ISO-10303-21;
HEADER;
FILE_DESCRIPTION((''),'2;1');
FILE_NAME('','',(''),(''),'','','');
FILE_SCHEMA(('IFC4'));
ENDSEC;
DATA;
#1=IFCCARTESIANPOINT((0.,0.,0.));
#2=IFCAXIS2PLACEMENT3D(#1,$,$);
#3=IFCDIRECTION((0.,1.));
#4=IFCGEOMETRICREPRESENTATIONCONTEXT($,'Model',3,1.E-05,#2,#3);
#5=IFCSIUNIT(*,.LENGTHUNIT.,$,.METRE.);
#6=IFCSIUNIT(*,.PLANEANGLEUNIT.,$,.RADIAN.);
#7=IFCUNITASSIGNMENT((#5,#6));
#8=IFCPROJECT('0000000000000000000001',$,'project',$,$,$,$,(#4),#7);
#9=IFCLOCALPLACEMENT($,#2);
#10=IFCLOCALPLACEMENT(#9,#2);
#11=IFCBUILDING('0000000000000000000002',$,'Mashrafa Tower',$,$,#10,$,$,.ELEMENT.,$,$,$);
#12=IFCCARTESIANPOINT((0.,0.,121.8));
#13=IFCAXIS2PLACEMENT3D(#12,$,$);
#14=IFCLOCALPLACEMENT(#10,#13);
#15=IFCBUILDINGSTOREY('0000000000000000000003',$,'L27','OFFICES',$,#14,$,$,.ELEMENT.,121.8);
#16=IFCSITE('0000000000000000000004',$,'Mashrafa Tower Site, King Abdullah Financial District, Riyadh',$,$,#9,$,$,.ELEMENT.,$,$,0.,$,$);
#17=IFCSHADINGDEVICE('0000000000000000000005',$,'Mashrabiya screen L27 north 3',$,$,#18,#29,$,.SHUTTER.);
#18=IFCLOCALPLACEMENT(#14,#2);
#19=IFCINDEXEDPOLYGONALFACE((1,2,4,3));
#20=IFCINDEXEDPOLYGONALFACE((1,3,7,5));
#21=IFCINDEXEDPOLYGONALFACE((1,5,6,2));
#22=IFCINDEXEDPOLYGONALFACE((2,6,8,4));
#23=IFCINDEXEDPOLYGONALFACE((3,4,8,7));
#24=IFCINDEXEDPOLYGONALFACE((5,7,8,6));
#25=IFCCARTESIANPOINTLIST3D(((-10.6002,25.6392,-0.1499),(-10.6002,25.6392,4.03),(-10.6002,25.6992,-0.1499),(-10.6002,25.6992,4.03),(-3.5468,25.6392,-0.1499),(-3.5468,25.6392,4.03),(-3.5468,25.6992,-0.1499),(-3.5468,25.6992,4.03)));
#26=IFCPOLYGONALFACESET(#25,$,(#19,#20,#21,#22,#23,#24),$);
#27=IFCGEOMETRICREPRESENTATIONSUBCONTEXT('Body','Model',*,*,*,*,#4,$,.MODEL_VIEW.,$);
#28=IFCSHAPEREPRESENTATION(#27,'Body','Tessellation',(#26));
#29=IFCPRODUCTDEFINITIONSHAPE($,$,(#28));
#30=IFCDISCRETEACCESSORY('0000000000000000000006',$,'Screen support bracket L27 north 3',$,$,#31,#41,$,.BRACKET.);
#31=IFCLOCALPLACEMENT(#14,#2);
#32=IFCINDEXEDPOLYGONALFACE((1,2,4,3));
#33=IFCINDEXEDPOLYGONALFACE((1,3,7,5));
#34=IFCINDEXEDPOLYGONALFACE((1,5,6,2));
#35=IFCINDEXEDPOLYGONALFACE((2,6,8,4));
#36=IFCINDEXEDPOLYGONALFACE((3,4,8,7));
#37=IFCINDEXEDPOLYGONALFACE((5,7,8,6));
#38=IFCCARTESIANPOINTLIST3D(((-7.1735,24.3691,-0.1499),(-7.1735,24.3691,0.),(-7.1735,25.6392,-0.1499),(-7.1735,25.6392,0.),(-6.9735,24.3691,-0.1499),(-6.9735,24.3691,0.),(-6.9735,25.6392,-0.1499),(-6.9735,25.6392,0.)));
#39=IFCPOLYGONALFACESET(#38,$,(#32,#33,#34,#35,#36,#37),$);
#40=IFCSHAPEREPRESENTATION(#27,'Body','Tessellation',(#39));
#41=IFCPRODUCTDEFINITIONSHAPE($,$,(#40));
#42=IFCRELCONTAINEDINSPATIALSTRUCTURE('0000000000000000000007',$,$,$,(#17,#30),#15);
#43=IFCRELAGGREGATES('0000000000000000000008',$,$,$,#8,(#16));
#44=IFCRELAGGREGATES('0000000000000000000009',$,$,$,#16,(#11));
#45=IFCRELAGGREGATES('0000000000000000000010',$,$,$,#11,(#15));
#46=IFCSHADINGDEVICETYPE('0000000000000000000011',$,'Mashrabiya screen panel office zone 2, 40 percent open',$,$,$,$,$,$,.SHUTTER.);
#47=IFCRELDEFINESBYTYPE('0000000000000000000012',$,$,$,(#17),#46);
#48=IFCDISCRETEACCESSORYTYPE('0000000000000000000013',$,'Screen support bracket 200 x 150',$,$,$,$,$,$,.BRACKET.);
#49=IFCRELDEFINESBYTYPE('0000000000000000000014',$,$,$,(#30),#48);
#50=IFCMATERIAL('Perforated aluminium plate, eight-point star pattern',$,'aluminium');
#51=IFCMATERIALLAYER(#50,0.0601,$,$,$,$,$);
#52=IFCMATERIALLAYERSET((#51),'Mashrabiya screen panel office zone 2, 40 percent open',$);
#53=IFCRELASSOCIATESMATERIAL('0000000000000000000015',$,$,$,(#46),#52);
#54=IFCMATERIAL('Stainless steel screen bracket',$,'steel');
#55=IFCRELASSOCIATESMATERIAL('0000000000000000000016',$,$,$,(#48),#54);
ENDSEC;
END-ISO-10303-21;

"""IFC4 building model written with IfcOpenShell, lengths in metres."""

from ifc_helpers import new_model, si_unit, direction, frame, origin, origin_2d, place, context, subcontext, project, spatial, rectangle, extrude, source, transform, mapped, material, layer, layer_set, type_object, type_shapes, element, save


model = new_model("IFC4")

# Units and contexts
model_context = context("Model", 3, precision=1e-05, world=origin(), true_north=direction((0.0, 1.0)))
body_context = subcontext(model_context, "Body", "Model", "MODEL_VIEW")
ifc_project = project(units=[si_unit("LENGTHUNIT", "METRE"), si_unit("PLANEANGLEUNIT", "RADIAN")], contexts=[model_context])

# Site, building, storey
site_placement = place(None, origin())
site = spatial("IfcSite", under=ifc_project, at=site_placement, Name="Mashrafa Tower Site, King Abdullah Financial District, Riyadh", CompositionType="ELEMENT", RefElevation=0.0)
building_placement = place(site_placement, origin())
building = spatial("IfcBuilding", under=site, at=building_placement, Name="Mashrafa Tower", CompositionType="ELEMENT")
storey_placement = place(building_placement, frame((0.0, 0.0, 121.8)))
storey = spatial("IfcBuildingStorey", under=building, at=storey_placement, Name="L27", Description="OFFICES", CompositionType="ELEMENT", Elevation=121.8)

# Shading device
ifc_material_1 = material(Name="Perforated aluminium plate, eight-point star pattern", Category="aluminium")
ifc_layer_1 = layer(ifc_material_1, 0.0601)
ifc_layer_set_1 = layer_set([ifc_layer_1], Name="Mashrabiya screen panel office zone 2, 40 percent open")
shading_device_type = type_object("IfcShadingDeviceType", Name="Mashrabiya screen panel office zone 2, 40 percent open", PredefinedType="SHUTTER", material=ifc_layer_set_1)
shared_shape_1 = source(origin(), body_context, "Body", "SweptSolid", [
    extrude(rectangle(XDim=7.0535, YDim=0.0601, at=origin_2d()), origin(), (0.0, 0.0, 1.0), 4.1799),
])
type_shapes(shading_device_type, [shared_shape_1])
shading_device_placement = place(storey_placement, frame((-7.0735, 25.6692, -0.1499), z_axis=(0.0, 0.0, 1.0), x_axis=(-1.0, 0.0, 0.0)))
element("IfcShadingDevice", 1, at=shading_device_placement, inside=storey, type_object=shading_device_type, Name="Mashrabiya screen L27 north 3", PredefinedType="SHUTTER", context=body_context, shape_type="MappedRepresentation", body=[
    mapped(shared_shape_1, transform((0.0, 0.0, 0.0))),
])

# Discrete accessory
ifc_material_2 = material(Name="Stainless steel screen bracket", Category="steel")
discrete_accessory_type = type_object("IfcDiscreteAccessoryType", Name="Screen support bracket 200 x 150", PredefinedType="BRACKET", material=ifc_material_2)
shared_shape_2 = source(origin(), body_context, "Body", "SweptSolid", [
    extrude(rectangle(XDim=0.2, YDim=1.27, at=origin_2d()), origin(), (0.0, 0.0, 1.0), 0.1499),
])
type_shapes(discrete_accessory_type, [shared_shape_2])
discrete_accessory_placement = place(storey_placement, frame((-7.0735, 25.0042, -0.1499), z_axis=(0.0, 0.0, 1.0), x_axis=(-1.0, 0.0, 0.0)))
element("IfcDiscreteAccessory", 2, at=discrete_accessory_placement, inside=storey, type_object=discrete_accessory_type, Name="Screen support bracket L27 north 3", PredefinedType="BRACKET", context=body_context, shape_type="MappedRepresentation", body=[
    mapped(shared_shape_2, transform((0.0, 0.0, 0.0))),
])

save(model, "model.ifc")
